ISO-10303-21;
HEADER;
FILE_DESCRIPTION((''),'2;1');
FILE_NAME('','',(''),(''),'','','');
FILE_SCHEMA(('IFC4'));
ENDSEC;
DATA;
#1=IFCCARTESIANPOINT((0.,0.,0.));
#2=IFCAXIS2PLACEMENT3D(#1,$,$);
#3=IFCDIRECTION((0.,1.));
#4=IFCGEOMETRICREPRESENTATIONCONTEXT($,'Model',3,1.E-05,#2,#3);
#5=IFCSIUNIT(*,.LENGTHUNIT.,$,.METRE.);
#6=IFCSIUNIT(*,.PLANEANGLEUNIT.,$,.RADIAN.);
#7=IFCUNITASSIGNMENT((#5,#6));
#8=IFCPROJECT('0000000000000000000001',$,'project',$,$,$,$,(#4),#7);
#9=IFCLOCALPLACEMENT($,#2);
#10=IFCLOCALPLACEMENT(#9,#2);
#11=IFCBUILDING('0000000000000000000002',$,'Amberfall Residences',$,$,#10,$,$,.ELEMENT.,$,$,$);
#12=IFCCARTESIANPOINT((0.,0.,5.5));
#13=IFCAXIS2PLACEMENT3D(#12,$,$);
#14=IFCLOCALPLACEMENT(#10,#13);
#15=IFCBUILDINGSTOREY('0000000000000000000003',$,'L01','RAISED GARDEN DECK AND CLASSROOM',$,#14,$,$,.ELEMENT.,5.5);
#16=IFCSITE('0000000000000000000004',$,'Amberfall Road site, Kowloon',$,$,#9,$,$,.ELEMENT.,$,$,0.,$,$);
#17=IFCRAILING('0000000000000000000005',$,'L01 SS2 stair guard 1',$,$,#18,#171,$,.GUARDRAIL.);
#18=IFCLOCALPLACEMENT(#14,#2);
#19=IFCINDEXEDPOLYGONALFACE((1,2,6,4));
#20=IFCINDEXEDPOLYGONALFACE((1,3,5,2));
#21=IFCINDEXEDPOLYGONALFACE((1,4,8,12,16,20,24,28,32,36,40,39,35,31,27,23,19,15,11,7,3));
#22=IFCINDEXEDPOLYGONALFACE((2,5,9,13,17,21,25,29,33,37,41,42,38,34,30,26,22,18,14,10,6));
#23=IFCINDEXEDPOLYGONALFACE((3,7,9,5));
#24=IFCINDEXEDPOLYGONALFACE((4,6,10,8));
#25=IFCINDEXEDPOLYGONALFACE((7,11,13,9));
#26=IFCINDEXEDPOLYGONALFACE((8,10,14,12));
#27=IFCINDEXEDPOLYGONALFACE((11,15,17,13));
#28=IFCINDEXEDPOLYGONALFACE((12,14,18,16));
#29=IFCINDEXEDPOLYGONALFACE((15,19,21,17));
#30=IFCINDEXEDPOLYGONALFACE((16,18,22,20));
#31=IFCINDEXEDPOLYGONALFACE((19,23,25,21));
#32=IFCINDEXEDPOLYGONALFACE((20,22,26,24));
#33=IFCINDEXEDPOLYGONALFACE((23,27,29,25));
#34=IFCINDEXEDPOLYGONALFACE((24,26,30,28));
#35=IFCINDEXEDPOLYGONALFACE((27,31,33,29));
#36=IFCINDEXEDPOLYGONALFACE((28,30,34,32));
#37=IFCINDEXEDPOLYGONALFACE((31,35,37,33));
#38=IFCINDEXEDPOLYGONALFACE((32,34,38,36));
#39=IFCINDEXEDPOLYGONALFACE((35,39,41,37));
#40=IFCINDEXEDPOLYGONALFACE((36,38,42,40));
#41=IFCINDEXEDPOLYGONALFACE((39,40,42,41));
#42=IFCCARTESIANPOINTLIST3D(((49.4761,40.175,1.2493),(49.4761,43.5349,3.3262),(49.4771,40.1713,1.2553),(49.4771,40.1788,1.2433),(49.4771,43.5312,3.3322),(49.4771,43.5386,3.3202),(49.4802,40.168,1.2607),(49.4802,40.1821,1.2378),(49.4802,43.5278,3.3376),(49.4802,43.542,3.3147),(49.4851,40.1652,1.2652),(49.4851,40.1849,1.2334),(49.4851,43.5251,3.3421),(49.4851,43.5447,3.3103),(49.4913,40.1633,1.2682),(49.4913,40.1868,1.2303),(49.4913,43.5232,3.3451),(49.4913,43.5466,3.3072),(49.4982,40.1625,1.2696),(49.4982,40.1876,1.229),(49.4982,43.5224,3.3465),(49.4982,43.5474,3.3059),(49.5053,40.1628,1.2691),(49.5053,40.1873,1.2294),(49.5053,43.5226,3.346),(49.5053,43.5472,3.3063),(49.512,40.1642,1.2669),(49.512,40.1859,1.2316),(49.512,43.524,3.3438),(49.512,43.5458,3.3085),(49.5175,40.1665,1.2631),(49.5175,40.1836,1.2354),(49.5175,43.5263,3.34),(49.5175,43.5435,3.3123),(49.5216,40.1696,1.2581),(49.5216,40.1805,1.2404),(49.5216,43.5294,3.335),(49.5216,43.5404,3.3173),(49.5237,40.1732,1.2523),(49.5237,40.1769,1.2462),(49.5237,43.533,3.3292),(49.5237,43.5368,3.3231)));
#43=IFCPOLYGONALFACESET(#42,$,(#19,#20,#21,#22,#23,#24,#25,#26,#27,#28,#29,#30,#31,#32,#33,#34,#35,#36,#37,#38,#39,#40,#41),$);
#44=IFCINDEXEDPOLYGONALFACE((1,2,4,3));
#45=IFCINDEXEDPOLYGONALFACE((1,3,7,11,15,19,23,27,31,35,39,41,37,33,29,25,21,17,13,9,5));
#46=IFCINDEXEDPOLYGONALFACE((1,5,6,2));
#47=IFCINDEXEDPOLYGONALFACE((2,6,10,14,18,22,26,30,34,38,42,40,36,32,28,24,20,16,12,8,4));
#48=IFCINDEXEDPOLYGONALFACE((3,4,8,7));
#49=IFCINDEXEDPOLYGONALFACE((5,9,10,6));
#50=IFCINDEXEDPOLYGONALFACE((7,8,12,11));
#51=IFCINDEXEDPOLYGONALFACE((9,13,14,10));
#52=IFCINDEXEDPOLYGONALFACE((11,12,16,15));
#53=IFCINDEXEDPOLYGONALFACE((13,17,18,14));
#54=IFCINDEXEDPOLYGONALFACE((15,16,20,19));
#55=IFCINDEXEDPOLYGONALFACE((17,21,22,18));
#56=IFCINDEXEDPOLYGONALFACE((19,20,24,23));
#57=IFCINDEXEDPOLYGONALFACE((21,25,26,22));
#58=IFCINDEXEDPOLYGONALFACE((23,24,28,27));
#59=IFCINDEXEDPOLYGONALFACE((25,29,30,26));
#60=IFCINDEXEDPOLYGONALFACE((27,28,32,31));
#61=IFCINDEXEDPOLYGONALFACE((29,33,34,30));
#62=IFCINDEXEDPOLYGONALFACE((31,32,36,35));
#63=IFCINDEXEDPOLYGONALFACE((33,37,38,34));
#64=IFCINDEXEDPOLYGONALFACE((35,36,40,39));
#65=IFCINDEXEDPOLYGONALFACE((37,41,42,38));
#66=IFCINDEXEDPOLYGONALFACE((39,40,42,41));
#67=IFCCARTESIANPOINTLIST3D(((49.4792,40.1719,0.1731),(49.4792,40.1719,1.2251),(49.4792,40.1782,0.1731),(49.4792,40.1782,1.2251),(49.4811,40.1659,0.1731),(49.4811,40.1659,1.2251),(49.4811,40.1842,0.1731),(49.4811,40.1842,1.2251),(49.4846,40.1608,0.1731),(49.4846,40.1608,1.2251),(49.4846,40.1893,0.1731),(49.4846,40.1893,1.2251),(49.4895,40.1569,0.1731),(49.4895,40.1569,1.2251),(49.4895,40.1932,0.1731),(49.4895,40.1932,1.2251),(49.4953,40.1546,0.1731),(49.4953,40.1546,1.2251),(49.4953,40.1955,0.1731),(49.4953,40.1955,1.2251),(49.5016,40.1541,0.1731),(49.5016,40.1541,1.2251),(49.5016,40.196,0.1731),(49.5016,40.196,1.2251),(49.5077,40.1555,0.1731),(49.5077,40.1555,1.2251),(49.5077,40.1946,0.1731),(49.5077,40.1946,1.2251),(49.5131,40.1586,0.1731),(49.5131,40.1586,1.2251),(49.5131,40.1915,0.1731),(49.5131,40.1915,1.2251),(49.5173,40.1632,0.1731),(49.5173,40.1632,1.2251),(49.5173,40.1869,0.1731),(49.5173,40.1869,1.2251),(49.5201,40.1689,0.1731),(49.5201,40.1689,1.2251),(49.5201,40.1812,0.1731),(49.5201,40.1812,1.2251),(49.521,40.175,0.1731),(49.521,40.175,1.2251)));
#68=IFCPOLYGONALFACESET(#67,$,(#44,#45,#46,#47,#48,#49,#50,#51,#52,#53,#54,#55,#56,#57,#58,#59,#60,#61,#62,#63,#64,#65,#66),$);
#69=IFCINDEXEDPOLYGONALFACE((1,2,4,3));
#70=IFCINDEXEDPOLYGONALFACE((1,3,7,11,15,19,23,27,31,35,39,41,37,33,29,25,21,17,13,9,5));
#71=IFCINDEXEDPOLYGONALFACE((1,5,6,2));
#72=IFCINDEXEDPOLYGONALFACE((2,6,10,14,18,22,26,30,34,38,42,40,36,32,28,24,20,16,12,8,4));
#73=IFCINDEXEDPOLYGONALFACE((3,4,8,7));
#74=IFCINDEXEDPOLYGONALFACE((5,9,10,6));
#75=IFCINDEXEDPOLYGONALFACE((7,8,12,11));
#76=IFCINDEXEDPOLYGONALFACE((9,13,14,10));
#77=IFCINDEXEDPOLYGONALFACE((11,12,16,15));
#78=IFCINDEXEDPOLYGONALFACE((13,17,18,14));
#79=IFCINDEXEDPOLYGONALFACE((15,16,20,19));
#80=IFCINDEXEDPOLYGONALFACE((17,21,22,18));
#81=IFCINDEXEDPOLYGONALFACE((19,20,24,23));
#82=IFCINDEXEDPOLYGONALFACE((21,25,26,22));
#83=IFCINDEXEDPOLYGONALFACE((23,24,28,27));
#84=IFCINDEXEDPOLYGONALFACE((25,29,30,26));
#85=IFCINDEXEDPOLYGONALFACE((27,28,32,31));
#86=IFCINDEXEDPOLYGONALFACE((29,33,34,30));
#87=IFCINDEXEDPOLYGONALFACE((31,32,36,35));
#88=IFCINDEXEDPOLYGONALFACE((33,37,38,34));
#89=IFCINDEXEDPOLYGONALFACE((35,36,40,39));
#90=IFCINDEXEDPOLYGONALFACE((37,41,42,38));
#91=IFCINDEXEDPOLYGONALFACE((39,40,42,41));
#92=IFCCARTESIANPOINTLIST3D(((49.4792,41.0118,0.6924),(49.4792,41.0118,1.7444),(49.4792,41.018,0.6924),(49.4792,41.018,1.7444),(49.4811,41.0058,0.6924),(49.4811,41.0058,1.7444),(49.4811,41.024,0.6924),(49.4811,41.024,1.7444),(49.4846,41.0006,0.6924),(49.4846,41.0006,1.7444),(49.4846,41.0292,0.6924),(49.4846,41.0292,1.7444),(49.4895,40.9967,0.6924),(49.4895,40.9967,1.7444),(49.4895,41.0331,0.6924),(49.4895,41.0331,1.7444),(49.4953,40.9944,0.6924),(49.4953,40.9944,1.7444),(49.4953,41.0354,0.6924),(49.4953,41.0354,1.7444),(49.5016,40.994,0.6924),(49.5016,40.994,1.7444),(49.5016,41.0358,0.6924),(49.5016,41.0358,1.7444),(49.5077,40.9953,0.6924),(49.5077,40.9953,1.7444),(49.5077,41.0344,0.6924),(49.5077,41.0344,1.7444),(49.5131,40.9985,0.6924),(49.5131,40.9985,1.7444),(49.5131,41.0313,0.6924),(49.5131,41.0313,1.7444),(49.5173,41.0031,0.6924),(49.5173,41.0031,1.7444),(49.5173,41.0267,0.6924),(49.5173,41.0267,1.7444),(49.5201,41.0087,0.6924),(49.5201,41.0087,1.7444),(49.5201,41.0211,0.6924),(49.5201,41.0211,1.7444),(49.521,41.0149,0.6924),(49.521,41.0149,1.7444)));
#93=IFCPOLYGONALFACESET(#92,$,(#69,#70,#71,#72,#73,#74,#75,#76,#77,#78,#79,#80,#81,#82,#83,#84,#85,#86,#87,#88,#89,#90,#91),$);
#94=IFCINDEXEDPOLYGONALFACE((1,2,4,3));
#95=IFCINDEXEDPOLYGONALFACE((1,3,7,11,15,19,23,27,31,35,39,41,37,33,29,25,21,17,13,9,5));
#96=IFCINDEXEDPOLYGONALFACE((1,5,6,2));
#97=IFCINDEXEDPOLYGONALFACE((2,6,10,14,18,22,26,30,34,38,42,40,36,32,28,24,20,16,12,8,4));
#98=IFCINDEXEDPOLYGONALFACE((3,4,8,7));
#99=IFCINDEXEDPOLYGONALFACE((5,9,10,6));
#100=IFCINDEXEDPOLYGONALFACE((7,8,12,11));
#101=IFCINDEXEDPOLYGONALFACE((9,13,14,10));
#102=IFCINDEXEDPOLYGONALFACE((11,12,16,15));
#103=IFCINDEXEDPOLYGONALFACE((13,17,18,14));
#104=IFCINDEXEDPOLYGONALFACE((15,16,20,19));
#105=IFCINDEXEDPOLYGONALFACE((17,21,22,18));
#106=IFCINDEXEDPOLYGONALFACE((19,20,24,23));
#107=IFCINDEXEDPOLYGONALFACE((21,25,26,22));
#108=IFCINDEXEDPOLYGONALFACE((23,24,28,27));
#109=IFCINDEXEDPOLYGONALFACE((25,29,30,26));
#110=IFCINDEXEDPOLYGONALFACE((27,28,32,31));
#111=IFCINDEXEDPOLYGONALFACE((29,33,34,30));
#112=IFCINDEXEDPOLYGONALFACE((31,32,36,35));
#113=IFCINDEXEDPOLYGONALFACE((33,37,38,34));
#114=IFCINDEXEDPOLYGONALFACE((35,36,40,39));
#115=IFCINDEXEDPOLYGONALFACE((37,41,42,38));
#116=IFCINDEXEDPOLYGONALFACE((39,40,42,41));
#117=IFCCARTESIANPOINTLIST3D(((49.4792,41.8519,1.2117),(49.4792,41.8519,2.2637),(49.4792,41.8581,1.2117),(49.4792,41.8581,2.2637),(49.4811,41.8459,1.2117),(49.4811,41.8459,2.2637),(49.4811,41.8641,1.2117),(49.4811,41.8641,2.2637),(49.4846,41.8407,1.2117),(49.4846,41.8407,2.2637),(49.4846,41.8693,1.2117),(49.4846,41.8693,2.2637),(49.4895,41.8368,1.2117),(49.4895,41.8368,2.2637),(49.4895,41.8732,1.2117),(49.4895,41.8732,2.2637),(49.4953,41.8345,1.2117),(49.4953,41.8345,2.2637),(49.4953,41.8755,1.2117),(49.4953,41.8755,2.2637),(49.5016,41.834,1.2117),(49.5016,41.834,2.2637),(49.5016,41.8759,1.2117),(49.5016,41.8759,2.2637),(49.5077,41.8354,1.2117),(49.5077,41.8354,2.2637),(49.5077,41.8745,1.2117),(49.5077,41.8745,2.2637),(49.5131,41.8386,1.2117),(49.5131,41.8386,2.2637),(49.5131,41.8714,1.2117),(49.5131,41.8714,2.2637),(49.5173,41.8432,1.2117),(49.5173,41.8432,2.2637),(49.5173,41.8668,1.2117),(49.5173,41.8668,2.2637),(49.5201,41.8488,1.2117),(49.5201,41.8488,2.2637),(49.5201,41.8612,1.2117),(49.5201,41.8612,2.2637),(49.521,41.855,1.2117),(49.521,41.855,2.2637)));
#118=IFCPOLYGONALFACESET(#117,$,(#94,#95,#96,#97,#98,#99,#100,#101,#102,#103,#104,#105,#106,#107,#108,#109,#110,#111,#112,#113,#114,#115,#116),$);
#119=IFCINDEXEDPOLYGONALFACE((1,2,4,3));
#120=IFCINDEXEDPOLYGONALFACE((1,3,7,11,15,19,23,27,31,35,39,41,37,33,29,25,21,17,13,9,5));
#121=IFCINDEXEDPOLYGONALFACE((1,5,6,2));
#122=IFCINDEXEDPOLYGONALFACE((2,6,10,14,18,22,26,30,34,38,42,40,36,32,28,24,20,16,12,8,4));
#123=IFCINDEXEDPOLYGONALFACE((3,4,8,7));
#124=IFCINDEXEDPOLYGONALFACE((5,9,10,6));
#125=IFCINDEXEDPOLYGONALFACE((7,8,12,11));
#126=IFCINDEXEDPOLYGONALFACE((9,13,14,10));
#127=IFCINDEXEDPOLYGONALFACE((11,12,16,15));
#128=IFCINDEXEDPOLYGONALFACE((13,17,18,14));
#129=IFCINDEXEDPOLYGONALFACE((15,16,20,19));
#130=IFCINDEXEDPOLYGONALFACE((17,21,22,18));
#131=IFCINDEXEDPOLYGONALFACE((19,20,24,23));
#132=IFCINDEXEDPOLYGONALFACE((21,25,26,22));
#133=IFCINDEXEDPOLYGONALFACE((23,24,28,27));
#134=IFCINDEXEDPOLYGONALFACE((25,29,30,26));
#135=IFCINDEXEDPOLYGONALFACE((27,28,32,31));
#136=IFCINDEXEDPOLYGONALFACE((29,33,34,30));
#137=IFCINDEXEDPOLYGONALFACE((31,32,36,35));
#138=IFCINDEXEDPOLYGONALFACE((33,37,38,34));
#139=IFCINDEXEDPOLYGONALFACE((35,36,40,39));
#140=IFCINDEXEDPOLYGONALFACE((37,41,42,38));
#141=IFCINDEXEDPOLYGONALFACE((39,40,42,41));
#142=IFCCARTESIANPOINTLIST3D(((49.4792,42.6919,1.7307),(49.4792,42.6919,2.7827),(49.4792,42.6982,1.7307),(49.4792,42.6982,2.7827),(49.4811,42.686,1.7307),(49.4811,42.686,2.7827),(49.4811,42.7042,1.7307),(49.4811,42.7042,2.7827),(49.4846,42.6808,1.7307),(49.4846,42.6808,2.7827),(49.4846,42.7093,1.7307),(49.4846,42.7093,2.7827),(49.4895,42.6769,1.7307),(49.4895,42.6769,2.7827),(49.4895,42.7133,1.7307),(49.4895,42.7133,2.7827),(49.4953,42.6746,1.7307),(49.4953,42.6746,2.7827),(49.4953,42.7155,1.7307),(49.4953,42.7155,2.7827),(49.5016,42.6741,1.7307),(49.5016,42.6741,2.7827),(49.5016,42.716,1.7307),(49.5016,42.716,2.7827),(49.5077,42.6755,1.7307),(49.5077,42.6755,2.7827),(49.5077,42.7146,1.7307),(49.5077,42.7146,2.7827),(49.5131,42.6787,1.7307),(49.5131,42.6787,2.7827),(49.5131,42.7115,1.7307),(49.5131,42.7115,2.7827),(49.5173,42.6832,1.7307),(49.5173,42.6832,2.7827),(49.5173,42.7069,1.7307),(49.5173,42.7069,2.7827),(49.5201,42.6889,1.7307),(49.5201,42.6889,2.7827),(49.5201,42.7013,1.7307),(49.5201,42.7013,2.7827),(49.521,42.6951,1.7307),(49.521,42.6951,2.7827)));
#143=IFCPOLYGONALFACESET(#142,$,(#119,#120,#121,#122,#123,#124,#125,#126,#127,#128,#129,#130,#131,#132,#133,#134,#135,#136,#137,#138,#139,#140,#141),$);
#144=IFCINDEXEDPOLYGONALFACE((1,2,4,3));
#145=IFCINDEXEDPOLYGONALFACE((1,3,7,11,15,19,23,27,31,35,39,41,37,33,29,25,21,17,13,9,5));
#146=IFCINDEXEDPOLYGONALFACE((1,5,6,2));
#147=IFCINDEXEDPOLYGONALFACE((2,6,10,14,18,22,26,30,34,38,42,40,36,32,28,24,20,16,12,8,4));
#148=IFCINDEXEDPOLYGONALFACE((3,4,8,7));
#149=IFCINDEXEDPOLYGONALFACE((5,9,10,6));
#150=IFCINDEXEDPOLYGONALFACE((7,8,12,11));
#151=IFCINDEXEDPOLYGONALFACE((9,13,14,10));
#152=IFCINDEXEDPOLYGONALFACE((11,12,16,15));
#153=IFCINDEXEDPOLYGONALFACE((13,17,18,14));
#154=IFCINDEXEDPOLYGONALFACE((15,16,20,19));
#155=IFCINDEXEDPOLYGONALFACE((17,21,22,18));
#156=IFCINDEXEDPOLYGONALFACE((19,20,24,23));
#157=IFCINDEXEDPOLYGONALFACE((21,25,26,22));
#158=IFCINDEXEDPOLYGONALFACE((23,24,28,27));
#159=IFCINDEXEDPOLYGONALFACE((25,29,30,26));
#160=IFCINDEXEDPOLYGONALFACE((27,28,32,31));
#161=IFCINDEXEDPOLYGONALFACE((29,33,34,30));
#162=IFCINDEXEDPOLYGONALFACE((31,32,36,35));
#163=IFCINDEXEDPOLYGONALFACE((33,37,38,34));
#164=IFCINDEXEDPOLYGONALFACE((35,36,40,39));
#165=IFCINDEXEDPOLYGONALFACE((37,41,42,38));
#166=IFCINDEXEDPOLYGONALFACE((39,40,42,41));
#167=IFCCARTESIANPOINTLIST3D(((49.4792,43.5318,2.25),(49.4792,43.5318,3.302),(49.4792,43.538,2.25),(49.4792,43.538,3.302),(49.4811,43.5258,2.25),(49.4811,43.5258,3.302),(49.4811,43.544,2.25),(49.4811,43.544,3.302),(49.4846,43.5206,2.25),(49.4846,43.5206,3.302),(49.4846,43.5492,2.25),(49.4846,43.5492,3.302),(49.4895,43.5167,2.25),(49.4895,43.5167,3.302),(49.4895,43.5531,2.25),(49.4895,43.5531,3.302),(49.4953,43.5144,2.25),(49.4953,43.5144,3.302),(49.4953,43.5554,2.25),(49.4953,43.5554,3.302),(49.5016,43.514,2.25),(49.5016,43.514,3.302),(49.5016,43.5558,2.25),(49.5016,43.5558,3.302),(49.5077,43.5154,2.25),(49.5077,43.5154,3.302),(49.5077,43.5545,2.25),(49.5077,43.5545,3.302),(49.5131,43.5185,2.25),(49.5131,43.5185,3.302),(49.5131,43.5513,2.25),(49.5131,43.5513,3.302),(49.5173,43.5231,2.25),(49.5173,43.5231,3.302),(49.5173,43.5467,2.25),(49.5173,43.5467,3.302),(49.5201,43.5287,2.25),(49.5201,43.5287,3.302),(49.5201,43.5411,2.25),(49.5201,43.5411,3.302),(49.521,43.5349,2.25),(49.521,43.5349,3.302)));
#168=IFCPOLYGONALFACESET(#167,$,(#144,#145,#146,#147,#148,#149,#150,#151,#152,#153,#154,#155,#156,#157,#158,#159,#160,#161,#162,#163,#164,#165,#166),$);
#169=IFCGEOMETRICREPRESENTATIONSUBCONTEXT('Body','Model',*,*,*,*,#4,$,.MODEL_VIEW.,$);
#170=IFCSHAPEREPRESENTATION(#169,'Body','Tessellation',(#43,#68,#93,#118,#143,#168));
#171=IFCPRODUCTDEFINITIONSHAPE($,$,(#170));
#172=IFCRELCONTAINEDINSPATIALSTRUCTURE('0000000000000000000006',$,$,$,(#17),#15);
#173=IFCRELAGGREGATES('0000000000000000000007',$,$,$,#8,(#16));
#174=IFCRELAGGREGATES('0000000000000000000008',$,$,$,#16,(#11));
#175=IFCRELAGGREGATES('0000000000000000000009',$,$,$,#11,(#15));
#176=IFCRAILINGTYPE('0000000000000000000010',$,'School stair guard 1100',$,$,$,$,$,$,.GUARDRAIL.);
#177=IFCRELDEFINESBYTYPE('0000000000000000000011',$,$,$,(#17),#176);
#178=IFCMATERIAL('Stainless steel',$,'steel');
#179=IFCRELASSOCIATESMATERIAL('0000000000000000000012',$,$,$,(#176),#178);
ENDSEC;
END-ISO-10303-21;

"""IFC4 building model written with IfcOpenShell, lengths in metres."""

from ifc_helpers import new_model, si_unit, direction, frame, origin, origin_2d, place, context, subcontext, project, spatial, circle, extrude, material, type_object, element, save


model = new_model("IFC4")

# Units and contexts
model_context = context("Model", 3, precision=1e-05, world=origin(), true_north=direction((0.0, 1.0)))
body_context = subcontext(model_context, "Body", "Model", "MODEL_VIEW")
ifc_project = project(units=[si_unit("LENGTHUNIT", "METRE"), si_unit("PLANEANGLEUNIT", "RADIAN")], contexts=[model_context])

# Site, building, storey
site_placement = place(None, origin())
site = spatial("IfcSite", under=ifc_project, at=site_placement, Name="Amberfall Road site, Kowloon", CompositionType="ELEMENT", RefElevation=0.0)
building_placement = place(site_placement, origin())
building = spatial("IfcBuilding", under=site, at=building_placement, Name="Amberfall Residences", CompositionType="ELEMENT")
storey_placement = place(building_placement, frame((0.0, 0.0, 5.5)))
storey = spatial("IfcBuildingStorey", under=building, at=storey_placement, Name="L01", Description="RAISED GARDEN DECK AND CLASSROOM", CompositionType="ELEMENT", Elevation=5.5)

# Railing
ifc_material_1 = material(Name="Stainless steel", Category="steel")
railing_type_1 = type_object("IfcRailingType", Name="School stair guard 1100", PredefinedType="GUARDRAIL", material=ifc_material_1)
railing_1_placement = place(storey_placement, frame((49.5, 40.175, 0.1731)))
element("IfcRailing", 1, at=railing_1_placement, inside=storey, type_object=railing_type_1, Name="L01 SS2 stair guard 1", PredefinedType="GUARDRAIL", context=body_context, shape_type="SweptSolid", body=[
    extrude(circle(Radius=0.0239, at=origin_2d()), frame((0.0, 0.0, 1.0762), z_axis=(0.0, 0.850606, 0.525803), x_axis=(-1.0, 0.0, 0.0)), (0.0, 0.0, 1.0), 3.95),
    extrude(circle(Radius=0.021, at=origin_2d()), origin(), (0.0, 0.0, 1.0), 1.052),
    extrude(circle(Radius=0.021, at=origin_2d()), frame((0.0, 0.8398, 0.5193)), (0.0, 0.0, 1.0), 1.052),
    extrude(circle(Radius=0.021, at=origin_2d()), frame((0.0, 1.6799, 1.0386)), (0.0, 0.0, 1.0), 1.052),
    extrude(circle(Radius=0.021, at=origin_2d()), frame((0.0, 2.52, 1.5576)), (0.0, 0.0, 1.0), 1.052),
    extrude(circle(Radius=0.021, at=origin_2d()), frame((0.0, 3.3599, 2.0769)), (0.0, 0.0, 1.0), 1.052),
])

save(model, "model.ifc")
